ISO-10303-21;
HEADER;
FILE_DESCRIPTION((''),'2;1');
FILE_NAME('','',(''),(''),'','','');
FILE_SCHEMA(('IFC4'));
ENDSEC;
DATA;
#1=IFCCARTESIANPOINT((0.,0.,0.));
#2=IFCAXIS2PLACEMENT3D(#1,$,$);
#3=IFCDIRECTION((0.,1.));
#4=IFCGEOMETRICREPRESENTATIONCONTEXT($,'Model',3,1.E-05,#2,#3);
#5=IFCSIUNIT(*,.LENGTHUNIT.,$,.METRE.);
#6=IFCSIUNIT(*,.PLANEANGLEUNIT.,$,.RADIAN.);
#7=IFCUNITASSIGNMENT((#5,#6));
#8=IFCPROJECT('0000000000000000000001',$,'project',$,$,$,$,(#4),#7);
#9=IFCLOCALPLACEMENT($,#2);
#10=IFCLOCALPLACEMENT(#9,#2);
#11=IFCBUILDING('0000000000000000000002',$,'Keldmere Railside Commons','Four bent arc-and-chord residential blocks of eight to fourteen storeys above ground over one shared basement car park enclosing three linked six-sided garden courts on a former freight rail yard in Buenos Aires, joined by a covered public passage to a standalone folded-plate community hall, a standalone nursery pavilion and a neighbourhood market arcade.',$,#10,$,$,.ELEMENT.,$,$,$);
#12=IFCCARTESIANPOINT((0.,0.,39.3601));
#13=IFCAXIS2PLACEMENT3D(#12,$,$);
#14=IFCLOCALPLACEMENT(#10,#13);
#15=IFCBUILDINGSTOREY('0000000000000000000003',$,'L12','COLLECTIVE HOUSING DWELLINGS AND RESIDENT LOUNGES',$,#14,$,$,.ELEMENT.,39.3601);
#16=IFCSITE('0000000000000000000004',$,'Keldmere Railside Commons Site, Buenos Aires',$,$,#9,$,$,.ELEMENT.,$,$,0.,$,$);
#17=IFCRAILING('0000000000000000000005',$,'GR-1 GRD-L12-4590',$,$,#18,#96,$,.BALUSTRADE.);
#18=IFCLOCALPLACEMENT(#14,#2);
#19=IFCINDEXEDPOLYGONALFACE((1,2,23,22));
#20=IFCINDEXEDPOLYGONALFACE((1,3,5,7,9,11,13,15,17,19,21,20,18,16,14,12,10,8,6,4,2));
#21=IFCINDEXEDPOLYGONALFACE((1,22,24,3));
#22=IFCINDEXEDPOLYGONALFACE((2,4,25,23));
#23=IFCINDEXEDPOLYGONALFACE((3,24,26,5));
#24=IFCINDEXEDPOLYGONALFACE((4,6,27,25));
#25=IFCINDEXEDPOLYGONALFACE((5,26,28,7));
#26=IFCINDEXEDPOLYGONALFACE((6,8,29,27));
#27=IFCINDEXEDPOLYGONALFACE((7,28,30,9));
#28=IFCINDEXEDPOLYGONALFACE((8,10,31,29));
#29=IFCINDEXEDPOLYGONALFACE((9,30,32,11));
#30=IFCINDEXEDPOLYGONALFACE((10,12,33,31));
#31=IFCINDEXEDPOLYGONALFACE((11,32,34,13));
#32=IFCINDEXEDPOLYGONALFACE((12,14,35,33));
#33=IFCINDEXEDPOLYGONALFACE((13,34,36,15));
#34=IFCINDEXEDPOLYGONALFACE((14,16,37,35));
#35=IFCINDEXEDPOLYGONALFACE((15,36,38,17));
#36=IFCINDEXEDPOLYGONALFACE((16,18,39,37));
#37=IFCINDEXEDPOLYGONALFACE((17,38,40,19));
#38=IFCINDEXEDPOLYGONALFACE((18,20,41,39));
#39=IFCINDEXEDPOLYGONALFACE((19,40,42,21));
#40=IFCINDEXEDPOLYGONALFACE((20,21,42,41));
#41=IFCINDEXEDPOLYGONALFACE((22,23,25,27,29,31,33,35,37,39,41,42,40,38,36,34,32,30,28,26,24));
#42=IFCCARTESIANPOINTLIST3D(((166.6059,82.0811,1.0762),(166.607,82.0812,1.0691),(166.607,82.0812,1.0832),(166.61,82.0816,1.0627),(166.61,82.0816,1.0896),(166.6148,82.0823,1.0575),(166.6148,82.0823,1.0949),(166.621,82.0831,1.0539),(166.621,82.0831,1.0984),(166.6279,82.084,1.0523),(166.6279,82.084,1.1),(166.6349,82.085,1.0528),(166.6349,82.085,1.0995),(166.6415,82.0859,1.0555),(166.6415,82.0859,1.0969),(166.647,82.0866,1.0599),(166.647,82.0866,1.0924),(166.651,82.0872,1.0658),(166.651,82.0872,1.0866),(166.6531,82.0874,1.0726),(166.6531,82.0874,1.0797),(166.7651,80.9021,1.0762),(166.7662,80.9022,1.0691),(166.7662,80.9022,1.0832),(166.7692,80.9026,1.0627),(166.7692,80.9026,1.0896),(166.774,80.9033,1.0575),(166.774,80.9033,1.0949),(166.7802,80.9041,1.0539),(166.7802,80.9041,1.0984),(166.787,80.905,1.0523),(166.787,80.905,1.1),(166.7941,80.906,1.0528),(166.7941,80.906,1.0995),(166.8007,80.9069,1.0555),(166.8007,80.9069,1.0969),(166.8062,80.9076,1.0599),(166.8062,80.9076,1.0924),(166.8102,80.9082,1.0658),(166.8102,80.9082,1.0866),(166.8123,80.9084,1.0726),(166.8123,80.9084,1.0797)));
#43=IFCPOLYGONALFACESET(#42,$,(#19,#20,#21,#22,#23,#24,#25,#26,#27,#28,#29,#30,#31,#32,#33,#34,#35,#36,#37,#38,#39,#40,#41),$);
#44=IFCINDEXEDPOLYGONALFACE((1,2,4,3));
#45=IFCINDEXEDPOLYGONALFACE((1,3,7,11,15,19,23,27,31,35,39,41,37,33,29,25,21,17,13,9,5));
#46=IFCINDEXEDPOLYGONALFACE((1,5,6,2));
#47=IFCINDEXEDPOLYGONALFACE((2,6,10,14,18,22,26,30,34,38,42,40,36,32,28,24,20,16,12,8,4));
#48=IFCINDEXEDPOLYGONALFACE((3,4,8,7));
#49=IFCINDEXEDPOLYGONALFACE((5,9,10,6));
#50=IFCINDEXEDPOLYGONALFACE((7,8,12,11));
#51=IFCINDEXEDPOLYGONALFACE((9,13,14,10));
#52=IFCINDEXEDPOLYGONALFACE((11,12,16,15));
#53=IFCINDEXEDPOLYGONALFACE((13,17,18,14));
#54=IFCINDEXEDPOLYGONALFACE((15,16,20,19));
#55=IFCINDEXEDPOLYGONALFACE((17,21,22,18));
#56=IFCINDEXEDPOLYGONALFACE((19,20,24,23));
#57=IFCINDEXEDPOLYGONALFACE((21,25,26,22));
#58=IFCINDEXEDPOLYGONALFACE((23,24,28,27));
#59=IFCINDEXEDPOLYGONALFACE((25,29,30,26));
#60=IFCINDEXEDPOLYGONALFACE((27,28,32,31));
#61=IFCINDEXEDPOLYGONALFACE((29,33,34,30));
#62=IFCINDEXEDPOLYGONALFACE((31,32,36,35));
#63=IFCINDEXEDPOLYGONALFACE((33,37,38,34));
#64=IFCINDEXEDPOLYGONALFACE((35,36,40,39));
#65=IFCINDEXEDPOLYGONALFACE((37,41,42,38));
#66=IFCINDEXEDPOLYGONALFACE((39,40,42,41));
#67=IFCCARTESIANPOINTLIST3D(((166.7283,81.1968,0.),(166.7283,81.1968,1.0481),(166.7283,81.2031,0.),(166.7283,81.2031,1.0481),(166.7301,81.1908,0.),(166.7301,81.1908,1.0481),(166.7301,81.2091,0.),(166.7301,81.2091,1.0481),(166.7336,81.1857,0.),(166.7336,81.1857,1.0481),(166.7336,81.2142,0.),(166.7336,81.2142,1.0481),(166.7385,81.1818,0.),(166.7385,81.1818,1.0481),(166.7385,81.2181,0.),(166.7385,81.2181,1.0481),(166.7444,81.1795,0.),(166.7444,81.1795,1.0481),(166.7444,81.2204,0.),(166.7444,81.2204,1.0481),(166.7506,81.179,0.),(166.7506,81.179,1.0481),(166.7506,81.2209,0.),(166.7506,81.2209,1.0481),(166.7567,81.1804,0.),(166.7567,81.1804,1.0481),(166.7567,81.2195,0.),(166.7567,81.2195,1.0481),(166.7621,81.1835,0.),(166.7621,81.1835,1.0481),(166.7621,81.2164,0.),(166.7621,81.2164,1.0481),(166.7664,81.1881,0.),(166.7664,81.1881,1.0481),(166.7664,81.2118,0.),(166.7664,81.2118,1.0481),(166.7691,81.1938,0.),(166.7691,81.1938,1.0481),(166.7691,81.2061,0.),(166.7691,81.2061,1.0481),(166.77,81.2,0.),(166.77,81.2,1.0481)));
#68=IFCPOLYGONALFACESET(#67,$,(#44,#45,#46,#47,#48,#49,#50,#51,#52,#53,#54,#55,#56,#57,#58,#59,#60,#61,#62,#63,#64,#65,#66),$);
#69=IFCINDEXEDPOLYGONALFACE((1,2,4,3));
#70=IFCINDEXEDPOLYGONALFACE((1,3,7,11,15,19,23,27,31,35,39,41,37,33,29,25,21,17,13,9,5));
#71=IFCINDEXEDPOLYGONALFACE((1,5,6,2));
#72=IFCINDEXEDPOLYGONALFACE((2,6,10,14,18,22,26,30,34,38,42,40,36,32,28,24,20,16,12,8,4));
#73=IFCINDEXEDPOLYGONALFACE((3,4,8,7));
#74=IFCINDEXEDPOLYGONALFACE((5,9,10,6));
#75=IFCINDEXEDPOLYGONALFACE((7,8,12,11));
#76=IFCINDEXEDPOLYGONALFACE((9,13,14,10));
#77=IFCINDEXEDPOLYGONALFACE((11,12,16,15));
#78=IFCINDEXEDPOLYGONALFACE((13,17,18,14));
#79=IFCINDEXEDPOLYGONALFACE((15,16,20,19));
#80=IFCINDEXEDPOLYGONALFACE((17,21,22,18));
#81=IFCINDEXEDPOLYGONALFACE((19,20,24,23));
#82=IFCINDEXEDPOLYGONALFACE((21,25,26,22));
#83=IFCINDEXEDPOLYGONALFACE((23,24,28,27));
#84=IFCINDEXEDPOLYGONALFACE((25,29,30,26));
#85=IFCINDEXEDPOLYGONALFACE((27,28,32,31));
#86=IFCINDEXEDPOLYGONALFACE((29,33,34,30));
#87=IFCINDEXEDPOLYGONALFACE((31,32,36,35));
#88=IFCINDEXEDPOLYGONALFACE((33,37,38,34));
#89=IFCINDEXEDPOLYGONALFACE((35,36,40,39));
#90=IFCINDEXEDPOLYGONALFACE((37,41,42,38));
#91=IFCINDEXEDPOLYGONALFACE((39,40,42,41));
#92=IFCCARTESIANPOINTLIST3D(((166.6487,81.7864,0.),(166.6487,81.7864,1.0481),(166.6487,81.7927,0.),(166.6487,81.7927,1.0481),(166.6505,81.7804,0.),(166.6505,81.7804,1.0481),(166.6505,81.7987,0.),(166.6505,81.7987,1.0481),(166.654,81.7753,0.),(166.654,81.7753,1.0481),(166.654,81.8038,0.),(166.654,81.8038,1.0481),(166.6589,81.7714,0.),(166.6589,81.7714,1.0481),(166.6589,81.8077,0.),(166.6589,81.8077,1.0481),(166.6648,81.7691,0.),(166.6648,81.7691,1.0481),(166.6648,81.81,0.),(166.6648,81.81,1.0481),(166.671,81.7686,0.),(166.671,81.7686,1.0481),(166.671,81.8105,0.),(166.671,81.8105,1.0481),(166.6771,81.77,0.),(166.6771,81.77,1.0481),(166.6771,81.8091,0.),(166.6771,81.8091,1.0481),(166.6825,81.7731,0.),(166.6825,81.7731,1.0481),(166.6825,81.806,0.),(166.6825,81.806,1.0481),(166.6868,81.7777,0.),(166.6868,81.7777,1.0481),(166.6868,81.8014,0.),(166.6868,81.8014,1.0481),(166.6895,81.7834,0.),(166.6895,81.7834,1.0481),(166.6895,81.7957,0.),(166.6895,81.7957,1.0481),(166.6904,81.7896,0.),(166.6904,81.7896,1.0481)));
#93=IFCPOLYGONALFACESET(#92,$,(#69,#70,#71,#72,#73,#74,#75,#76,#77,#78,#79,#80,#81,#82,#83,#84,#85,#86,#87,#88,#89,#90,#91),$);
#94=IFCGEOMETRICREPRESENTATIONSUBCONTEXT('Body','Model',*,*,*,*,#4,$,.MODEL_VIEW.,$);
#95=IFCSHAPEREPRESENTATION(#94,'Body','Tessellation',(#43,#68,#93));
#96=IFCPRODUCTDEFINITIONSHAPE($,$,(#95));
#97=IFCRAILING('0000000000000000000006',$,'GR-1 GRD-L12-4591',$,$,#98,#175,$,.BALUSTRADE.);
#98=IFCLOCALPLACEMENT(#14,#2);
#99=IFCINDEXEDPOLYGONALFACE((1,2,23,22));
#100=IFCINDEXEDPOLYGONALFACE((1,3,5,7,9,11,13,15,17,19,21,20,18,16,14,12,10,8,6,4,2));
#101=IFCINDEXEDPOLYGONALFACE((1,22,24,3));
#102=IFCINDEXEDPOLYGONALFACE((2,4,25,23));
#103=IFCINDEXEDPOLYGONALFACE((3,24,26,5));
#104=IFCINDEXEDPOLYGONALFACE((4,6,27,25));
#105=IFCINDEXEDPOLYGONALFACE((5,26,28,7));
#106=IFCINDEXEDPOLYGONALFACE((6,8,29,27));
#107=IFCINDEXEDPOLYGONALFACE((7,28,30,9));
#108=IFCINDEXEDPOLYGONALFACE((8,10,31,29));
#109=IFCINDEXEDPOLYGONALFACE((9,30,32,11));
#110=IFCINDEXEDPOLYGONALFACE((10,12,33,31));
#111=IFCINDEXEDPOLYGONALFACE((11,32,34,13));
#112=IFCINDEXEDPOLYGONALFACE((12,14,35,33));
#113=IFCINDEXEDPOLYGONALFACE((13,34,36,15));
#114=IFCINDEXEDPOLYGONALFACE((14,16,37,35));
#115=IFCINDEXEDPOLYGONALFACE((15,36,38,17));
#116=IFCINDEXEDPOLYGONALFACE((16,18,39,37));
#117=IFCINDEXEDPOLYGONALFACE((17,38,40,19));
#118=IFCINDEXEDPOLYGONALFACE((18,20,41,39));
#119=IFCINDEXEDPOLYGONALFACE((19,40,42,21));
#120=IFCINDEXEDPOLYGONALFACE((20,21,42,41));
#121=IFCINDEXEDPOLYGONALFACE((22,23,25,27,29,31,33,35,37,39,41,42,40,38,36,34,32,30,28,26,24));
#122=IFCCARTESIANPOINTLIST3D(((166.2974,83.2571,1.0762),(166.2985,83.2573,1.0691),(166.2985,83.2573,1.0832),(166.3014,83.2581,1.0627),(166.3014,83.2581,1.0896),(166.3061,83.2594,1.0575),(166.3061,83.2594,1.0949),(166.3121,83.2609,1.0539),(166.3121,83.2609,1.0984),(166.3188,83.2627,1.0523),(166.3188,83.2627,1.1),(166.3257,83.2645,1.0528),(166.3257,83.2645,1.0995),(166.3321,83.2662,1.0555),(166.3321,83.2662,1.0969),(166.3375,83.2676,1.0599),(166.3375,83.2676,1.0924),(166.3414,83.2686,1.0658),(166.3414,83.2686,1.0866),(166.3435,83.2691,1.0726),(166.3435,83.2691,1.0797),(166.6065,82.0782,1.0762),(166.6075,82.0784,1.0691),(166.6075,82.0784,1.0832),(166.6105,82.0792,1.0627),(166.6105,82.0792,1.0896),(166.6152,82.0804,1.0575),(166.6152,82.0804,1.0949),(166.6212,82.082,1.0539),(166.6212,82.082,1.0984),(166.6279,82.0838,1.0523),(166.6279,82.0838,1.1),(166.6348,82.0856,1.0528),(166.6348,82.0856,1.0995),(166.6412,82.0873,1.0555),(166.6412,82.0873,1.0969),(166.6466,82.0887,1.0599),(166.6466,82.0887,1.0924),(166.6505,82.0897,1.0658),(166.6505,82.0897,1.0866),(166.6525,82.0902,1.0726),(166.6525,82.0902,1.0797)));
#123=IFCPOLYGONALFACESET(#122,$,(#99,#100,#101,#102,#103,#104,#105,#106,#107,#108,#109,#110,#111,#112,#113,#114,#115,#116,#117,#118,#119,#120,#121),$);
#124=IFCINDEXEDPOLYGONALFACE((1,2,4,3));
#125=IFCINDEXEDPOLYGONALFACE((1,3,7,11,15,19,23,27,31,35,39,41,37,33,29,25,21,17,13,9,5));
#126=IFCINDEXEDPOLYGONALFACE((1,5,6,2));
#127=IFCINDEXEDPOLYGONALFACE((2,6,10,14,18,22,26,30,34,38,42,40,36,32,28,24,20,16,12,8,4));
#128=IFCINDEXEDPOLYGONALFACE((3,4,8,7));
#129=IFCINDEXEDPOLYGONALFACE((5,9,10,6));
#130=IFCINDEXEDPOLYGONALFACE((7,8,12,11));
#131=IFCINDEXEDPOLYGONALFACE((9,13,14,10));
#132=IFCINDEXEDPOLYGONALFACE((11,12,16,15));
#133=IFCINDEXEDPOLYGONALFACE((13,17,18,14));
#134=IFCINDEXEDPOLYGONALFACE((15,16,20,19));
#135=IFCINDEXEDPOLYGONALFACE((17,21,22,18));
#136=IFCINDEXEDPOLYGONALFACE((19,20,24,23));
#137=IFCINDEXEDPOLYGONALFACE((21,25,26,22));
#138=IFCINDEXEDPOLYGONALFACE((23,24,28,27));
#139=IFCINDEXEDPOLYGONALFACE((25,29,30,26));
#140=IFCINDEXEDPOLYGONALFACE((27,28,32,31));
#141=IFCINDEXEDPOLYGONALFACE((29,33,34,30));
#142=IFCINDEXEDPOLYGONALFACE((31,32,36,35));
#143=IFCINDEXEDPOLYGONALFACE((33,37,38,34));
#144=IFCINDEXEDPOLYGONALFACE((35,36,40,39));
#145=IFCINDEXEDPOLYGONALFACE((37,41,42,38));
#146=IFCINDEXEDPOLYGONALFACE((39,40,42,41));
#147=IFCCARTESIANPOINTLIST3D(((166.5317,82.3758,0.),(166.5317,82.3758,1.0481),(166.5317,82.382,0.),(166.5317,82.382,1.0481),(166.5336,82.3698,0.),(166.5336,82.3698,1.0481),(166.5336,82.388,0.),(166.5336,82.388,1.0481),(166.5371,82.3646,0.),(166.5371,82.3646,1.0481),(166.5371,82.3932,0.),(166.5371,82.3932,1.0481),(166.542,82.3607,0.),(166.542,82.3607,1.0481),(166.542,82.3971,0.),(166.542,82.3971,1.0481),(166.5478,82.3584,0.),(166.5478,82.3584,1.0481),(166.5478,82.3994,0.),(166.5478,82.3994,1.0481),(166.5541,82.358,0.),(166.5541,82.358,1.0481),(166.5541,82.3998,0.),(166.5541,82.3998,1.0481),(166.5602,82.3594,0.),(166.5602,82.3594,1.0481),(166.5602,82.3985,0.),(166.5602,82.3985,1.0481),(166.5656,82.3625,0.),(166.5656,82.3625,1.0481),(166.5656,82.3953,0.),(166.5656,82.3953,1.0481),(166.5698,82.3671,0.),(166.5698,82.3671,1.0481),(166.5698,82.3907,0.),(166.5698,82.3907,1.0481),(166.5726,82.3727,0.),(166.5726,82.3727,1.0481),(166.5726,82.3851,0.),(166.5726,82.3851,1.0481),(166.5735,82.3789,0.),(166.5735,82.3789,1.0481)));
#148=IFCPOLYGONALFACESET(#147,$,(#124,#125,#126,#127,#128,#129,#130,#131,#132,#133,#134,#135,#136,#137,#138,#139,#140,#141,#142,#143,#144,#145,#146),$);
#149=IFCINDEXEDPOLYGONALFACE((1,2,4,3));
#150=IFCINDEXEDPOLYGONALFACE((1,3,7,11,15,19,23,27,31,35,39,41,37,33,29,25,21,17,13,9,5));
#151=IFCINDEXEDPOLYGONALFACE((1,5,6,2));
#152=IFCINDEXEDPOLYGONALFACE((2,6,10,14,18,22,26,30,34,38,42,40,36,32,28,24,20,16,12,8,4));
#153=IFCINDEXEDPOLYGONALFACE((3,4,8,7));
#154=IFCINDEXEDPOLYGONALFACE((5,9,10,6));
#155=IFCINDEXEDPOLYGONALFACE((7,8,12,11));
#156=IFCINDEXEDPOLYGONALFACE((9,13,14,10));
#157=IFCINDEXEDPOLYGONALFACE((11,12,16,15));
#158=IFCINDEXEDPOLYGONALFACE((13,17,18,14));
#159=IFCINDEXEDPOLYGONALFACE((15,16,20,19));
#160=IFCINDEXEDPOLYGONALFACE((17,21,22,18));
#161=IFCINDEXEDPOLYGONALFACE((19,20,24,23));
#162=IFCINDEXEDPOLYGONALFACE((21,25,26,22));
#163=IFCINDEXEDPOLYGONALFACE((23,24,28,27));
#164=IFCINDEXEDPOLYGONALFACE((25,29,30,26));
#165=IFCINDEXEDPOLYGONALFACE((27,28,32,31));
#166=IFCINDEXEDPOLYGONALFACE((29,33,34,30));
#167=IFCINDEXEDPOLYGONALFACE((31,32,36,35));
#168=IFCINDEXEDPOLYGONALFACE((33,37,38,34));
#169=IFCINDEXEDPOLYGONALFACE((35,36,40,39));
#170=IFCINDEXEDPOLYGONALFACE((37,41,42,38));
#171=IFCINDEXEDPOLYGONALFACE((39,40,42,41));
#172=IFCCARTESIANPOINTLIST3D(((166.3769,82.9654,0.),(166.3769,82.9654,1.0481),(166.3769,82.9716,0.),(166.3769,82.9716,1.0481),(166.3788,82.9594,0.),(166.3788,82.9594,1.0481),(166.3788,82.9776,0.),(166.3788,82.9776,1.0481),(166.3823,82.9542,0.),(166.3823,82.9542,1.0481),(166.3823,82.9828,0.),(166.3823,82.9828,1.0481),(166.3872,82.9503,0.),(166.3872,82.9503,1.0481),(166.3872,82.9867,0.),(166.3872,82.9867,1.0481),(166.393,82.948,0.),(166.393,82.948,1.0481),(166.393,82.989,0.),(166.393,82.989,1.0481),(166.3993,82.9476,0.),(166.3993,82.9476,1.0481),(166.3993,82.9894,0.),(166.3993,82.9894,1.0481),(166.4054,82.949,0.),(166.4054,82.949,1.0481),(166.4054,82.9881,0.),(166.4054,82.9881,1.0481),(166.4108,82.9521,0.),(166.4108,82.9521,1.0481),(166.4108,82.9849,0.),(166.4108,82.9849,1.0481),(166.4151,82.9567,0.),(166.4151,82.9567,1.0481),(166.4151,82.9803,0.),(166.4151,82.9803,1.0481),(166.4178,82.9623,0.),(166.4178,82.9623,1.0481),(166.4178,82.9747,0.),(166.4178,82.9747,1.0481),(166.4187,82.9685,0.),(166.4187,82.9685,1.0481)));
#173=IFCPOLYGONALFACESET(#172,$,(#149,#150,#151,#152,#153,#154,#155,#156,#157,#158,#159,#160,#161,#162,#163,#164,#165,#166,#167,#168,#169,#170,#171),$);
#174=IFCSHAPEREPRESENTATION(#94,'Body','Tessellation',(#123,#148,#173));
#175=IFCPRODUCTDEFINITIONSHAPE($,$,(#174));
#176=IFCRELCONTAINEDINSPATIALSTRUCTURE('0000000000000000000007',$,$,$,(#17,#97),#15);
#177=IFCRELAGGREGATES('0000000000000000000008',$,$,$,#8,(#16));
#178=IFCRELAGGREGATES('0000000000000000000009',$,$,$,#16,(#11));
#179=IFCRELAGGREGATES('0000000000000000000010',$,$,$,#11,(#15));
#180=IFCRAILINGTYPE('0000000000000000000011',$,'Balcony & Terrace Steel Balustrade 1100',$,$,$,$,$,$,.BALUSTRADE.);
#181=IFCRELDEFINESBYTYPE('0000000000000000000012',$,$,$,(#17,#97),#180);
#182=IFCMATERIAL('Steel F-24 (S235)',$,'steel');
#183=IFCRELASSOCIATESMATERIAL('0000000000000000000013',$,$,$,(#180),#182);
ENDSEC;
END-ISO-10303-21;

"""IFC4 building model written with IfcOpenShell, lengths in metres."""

from ifc_helpers import new_model, si_unit, direction, frame, origin, origin_2d, place, context, subcontext, project, spatial, circle, extrude, material, type_object, element, save


model = new_model("IFC4")

# Units and contexts
model_context = context("Model", 3, precision=1e-05, world=origin(), true_north=direction((0.0, 1.0)))
body_context = subcontext(model_context, "Body", "Model", "MODEL_VIEW")
ifc_project = project(units=[si_unit("LENGTHUNIT", "METRE"), si_unit("PLANEANGLEUNIT", "RADIAN")], contexts=[model_context])

# Site, building, storey
site_placement = place(None, origin())
site = spatial("IfcSite", under=ifc_project, at=site_placement, Name="Keldmere Railside Commons Site, Buenos Aires", CompositionType="ELEMENT", RefElevation=0.0)
building_placement = place(site_placement, origin())
building = spatial("IfcBuilding", under=site, at=building_placement, Name="Keldmere Railside Commons", Description="Four bent arc-and-chord residential blocks of eight to fourteen storeys above ground over one shared basement car park enclosing three linked six-sided garden courts on a former freight rail yard in Buenos Aires, joined by a covered public passage to a standalone folded-plate community hall, a standalone nursery pavilion and a neighbourhood market arcade.", CompositionType="ELEMENT")
storey_placement = place(building_placement, frame((0.0, 0.0, 39.3601)))
storey = spatial("IfcBuildingStorey", under=building, at=storey_placement, Name="L12", Description="COLLECTIVE HOUSING DWELLINGS AND RESIDENT LOUNGES", CompositionType="ELEMENT", Elevation=39.3601)

# Railings
ifc_material_1 = material(Name="Steel F-24 (S235)", Category="steel")
railing_type = type_object("IfcRailingType", Name="Balcony & Terrace Steel Balustrade 1100", PredefinedType="BALUSTRADE", material=ifc_material_1)
railing_1_placement = place(storey_placement, frame((166.7888, 80.9053, 0.0)))
element("IfcRailing", 1, at=railing_1_placement, inside=storey, type_object=railing_type, Name="GR-1 GRD-L12-4590", PredefinedType="BALUSTRADE", context=body_context, shape_type="SweptSolid", body=[
    extrude(circle(Radius=0.0239, at=origin_2d()), frame((0.0, 0.0, 1.0762), z_axis=(-0.133804, 0.991008, 0.0), x_axis=(-0.991008, -0.133804, 0.0)), (0.0, 0.0, 1.0), 1.1897),
    extrude(circle(Radius=0.021, at=origin_2d()), frame((-0.0398, 0.2947, 0.0)), (0.0, 0.0, 1.0), 1.0481),
    extrude(circle(Radius=0.021, at=origin_2d()), frame((-0.1194, 0.8843, 0.0)), (0.0, 0.0, 1.0), 1.0481),
])
railing_2_placement = place(storey_placement, frame((166.6296, 82.0842, 0.0)))
element("IfcRailing", 2, at=railing_2_placement, inside=storey, type_object=railing_type, Name="GR-1 GRD-L12-4591", PredefinedType="BALUSTRADE", context=body_context, shape_type="SweptSolid", body=[
    extrude(circle(Radius=0.0239, at=origin_2d()), frame((0.0, 0.0, 1.0762), z_axis=(-0.253596, 0.96731, 0.0), x_axis=(-0.96731, -0.253596, 0.0)), (0.0, 0.0, 1.0), 1.2188),
    extrude(circle(Radius=0.021, at=origin_2d()), frame((-0.0771, 0.2947, 0.0)), (0.0, 0.0, 1.0), 1.0481),
    extrude(circle(Radius=0.021, at=origin_2d()), frame((-0.2319, 0.8843, 0.0)), (0.0, 0.0, 1.0), 1.0481),
])

save(model, "model.ifc")
